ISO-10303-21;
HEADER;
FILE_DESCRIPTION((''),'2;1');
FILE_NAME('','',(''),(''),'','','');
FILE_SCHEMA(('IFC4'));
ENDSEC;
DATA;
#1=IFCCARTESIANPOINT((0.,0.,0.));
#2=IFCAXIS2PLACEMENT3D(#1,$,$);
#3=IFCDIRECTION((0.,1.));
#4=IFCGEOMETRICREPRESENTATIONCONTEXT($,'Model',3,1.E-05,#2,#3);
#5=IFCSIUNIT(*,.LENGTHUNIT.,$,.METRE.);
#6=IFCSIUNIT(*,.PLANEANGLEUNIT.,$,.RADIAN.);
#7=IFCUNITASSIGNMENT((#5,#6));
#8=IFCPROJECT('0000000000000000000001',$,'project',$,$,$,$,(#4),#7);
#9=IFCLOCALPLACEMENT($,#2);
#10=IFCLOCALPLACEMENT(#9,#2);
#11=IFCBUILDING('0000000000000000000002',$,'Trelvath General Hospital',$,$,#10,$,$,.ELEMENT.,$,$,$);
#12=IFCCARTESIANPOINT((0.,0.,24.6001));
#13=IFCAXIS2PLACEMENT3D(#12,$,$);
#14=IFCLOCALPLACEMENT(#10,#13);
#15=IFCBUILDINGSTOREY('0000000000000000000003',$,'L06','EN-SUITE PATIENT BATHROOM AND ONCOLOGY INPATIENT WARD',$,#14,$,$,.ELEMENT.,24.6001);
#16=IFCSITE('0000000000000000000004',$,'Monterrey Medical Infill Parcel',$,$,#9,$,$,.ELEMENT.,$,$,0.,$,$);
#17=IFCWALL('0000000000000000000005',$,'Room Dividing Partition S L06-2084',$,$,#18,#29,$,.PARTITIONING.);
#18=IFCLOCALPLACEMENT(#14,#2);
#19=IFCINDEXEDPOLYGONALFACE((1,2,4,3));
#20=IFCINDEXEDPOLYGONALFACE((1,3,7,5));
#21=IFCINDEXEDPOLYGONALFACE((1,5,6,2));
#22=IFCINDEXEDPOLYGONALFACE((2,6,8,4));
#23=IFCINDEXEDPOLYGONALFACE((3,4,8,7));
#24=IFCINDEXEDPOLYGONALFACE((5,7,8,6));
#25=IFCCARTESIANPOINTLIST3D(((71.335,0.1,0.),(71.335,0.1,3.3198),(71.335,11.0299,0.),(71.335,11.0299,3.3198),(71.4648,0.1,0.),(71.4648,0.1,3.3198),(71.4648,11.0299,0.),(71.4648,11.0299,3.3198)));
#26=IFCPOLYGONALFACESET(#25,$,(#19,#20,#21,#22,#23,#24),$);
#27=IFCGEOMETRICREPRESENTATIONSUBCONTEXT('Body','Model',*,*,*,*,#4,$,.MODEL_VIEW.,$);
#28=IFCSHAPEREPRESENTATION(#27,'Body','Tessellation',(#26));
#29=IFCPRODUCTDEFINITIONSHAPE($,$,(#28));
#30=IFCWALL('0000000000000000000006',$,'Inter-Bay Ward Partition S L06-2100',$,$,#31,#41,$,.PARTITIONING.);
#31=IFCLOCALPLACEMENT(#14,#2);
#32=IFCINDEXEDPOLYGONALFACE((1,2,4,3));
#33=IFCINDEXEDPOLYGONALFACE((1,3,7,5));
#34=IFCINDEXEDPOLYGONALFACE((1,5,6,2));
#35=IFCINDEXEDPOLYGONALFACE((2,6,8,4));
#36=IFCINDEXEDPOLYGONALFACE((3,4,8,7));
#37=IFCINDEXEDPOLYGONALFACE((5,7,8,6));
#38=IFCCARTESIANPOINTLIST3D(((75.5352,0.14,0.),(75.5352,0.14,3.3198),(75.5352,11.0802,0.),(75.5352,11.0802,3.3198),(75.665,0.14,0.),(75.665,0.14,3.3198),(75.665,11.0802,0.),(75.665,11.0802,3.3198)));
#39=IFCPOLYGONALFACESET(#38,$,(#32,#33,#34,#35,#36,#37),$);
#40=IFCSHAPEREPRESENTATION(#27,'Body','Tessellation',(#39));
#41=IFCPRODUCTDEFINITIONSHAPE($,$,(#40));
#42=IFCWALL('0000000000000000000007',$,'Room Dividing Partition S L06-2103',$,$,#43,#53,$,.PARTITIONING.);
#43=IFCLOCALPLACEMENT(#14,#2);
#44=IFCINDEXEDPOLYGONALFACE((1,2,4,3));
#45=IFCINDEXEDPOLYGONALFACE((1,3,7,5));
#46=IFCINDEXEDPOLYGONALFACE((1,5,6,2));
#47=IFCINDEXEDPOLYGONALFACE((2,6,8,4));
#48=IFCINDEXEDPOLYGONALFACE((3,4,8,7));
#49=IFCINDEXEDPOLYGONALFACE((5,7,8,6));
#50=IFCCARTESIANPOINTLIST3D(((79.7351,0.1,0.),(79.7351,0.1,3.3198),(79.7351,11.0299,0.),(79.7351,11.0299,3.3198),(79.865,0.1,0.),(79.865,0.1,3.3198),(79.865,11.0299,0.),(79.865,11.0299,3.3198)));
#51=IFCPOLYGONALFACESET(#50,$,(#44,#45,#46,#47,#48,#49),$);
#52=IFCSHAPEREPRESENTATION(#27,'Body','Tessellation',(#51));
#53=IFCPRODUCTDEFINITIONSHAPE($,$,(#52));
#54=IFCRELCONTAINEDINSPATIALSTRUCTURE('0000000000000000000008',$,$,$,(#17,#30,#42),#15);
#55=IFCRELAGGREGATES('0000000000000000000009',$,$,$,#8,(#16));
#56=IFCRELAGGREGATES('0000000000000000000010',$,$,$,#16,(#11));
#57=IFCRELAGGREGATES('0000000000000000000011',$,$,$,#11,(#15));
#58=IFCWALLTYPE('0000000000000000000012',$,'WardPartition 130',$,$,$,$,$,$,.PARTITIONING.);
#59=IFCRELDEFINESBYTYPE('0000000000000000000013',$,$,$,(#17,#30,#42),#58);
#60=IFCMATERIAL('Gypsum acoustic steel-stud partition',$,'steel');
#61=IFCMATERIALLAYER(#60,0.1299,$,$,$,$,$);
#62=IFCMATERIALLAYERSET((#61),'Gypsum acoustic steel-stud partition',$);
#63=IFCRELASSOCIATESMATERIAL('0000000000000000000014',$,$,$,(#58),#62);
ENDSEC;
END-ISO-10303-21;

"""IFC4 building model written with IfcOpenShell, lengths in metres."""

from ifc_helpers import new_model, si_unit, direction, frame, frame_2d, origin, place, context, subcontext, project, spatial, rectangle, extrude, material, layer, layer_set, type_object, element, save


model = new_model("IFC4")

# Units and contexts
model_context = context("Model", 3, precision=1e-05, world=origin(), true_north=direction((0.0, 1.0)))
body_context = subcontext(model_context, "Body", "Model", "MODEL_VIEW")
ifc_project = project(units=[si_unit("LENGTHUNIT", "METRE"), si_unit("PLANEANGLEUNIT", "RADIAN")], contexts=[model_context])

# Site, building, storey
site_placement = place(None, origin())
site = spatial("IfcSite", under=ifc_project, at=site_placement, Name="Monterrey Medical Infill Parcel", CompositionType="ELEMENT", RefElevation=0.0)
building_placement = place(site_placement, origin())
building = spatial("IfcBuilding", under=site, at=building_placement, Name="Trelvath General Hospital", CompositionType="ELEMENT")
storey_placement = place(building_placement, frame((0.0, 0.0, 24.6001)))
storey = spatial("IfcBuildingStorey", under=building, at=storey_placement, Name="L06", Description="EN-SUITE PATIENT BATHROOM AND ONCOLOGY INPATIENT WARD", CompositionType="ELEMENT", Elevation=24.6001)

# Walls
ifc_material_1 = material(Name="Gypsum acoustic steel-stud partition", Category="steel")
ifc_layer_1 = layer(ifc_material_1, 0.1299)
ifc_layer_set_1 = layer_set([ifc_layer_1], Name="Gypsum acoustic steel-stud partition")
wall_type_1 = type_object("IfcWallType", Name="WardPartition 130", PredefinedType="PARTITIONING", material=ifc_layer_set_1)
wall_1_placement = place(storey_placement, frame((71.3999, 0.1001, 0.0), z_axis=(0.0, 0.0, 1.0), x_axis=(0.0, 1.0, 0.0)))
element("IfcWall", 1, at=wall_1_placement, inside=storey, type_object=wall_type_1, Name="Room Dividing Partition S L06-2084", PredefinedType="PARTITIONING", context=body_context, shape_type="SweptSolid", body=[
    extrude(rectangle(XDim=10.9299, YDim=0.1299, at=frame_2d((5.4648, 0.0))), origin(), (0.0, 0.0, 1.0), 3.3198),
])
wall_2_placement = place(storey_placement, frame((75.6001, 0.1399, 0.0), z_axis=(0.0, 0.0, 1.0), x_axis=(0.0, 1.0, 0.0)))
element("IfcWall", 2, at=wall_2_placement, inside=storey, type_object=wall_type_1, Name="Inter-Bay Ward Partition S L06-2100", PredefinedType="PARTITIONING", context=body_context, shape_type="SweptSolid", body=[
    extrude(rectangle(XDim=10.9402, YDim=0.1299, at=frame_2d((5.4702, 0.0))), origin(), (0.0, 0.0, 1.0), 3.3198),
])
wall_3_placement = place(storey_placement, frame((79.8, 0.1001, 0.0), z_axis=(0.0, 0.0, 1.0), x_axis=(0.0, 1.0, 0.0)))
element("IfcWall", 3, at=wall_3_placement, inside=storey, type_object=wall_type_1, Name="Room Dividing Partition S L06-2103", PredefinedType="PARTITIONING", context=body_context, shape_type="SweptSolid", body=[
    extrude(rectangle(XDim=10.9299, YDim=0.1299, at=frame_2d((5.4648, 0.0))), origin(), (0.0, 0.0, 1.0), 3.3198),
])

save(model, "model.ifc")
